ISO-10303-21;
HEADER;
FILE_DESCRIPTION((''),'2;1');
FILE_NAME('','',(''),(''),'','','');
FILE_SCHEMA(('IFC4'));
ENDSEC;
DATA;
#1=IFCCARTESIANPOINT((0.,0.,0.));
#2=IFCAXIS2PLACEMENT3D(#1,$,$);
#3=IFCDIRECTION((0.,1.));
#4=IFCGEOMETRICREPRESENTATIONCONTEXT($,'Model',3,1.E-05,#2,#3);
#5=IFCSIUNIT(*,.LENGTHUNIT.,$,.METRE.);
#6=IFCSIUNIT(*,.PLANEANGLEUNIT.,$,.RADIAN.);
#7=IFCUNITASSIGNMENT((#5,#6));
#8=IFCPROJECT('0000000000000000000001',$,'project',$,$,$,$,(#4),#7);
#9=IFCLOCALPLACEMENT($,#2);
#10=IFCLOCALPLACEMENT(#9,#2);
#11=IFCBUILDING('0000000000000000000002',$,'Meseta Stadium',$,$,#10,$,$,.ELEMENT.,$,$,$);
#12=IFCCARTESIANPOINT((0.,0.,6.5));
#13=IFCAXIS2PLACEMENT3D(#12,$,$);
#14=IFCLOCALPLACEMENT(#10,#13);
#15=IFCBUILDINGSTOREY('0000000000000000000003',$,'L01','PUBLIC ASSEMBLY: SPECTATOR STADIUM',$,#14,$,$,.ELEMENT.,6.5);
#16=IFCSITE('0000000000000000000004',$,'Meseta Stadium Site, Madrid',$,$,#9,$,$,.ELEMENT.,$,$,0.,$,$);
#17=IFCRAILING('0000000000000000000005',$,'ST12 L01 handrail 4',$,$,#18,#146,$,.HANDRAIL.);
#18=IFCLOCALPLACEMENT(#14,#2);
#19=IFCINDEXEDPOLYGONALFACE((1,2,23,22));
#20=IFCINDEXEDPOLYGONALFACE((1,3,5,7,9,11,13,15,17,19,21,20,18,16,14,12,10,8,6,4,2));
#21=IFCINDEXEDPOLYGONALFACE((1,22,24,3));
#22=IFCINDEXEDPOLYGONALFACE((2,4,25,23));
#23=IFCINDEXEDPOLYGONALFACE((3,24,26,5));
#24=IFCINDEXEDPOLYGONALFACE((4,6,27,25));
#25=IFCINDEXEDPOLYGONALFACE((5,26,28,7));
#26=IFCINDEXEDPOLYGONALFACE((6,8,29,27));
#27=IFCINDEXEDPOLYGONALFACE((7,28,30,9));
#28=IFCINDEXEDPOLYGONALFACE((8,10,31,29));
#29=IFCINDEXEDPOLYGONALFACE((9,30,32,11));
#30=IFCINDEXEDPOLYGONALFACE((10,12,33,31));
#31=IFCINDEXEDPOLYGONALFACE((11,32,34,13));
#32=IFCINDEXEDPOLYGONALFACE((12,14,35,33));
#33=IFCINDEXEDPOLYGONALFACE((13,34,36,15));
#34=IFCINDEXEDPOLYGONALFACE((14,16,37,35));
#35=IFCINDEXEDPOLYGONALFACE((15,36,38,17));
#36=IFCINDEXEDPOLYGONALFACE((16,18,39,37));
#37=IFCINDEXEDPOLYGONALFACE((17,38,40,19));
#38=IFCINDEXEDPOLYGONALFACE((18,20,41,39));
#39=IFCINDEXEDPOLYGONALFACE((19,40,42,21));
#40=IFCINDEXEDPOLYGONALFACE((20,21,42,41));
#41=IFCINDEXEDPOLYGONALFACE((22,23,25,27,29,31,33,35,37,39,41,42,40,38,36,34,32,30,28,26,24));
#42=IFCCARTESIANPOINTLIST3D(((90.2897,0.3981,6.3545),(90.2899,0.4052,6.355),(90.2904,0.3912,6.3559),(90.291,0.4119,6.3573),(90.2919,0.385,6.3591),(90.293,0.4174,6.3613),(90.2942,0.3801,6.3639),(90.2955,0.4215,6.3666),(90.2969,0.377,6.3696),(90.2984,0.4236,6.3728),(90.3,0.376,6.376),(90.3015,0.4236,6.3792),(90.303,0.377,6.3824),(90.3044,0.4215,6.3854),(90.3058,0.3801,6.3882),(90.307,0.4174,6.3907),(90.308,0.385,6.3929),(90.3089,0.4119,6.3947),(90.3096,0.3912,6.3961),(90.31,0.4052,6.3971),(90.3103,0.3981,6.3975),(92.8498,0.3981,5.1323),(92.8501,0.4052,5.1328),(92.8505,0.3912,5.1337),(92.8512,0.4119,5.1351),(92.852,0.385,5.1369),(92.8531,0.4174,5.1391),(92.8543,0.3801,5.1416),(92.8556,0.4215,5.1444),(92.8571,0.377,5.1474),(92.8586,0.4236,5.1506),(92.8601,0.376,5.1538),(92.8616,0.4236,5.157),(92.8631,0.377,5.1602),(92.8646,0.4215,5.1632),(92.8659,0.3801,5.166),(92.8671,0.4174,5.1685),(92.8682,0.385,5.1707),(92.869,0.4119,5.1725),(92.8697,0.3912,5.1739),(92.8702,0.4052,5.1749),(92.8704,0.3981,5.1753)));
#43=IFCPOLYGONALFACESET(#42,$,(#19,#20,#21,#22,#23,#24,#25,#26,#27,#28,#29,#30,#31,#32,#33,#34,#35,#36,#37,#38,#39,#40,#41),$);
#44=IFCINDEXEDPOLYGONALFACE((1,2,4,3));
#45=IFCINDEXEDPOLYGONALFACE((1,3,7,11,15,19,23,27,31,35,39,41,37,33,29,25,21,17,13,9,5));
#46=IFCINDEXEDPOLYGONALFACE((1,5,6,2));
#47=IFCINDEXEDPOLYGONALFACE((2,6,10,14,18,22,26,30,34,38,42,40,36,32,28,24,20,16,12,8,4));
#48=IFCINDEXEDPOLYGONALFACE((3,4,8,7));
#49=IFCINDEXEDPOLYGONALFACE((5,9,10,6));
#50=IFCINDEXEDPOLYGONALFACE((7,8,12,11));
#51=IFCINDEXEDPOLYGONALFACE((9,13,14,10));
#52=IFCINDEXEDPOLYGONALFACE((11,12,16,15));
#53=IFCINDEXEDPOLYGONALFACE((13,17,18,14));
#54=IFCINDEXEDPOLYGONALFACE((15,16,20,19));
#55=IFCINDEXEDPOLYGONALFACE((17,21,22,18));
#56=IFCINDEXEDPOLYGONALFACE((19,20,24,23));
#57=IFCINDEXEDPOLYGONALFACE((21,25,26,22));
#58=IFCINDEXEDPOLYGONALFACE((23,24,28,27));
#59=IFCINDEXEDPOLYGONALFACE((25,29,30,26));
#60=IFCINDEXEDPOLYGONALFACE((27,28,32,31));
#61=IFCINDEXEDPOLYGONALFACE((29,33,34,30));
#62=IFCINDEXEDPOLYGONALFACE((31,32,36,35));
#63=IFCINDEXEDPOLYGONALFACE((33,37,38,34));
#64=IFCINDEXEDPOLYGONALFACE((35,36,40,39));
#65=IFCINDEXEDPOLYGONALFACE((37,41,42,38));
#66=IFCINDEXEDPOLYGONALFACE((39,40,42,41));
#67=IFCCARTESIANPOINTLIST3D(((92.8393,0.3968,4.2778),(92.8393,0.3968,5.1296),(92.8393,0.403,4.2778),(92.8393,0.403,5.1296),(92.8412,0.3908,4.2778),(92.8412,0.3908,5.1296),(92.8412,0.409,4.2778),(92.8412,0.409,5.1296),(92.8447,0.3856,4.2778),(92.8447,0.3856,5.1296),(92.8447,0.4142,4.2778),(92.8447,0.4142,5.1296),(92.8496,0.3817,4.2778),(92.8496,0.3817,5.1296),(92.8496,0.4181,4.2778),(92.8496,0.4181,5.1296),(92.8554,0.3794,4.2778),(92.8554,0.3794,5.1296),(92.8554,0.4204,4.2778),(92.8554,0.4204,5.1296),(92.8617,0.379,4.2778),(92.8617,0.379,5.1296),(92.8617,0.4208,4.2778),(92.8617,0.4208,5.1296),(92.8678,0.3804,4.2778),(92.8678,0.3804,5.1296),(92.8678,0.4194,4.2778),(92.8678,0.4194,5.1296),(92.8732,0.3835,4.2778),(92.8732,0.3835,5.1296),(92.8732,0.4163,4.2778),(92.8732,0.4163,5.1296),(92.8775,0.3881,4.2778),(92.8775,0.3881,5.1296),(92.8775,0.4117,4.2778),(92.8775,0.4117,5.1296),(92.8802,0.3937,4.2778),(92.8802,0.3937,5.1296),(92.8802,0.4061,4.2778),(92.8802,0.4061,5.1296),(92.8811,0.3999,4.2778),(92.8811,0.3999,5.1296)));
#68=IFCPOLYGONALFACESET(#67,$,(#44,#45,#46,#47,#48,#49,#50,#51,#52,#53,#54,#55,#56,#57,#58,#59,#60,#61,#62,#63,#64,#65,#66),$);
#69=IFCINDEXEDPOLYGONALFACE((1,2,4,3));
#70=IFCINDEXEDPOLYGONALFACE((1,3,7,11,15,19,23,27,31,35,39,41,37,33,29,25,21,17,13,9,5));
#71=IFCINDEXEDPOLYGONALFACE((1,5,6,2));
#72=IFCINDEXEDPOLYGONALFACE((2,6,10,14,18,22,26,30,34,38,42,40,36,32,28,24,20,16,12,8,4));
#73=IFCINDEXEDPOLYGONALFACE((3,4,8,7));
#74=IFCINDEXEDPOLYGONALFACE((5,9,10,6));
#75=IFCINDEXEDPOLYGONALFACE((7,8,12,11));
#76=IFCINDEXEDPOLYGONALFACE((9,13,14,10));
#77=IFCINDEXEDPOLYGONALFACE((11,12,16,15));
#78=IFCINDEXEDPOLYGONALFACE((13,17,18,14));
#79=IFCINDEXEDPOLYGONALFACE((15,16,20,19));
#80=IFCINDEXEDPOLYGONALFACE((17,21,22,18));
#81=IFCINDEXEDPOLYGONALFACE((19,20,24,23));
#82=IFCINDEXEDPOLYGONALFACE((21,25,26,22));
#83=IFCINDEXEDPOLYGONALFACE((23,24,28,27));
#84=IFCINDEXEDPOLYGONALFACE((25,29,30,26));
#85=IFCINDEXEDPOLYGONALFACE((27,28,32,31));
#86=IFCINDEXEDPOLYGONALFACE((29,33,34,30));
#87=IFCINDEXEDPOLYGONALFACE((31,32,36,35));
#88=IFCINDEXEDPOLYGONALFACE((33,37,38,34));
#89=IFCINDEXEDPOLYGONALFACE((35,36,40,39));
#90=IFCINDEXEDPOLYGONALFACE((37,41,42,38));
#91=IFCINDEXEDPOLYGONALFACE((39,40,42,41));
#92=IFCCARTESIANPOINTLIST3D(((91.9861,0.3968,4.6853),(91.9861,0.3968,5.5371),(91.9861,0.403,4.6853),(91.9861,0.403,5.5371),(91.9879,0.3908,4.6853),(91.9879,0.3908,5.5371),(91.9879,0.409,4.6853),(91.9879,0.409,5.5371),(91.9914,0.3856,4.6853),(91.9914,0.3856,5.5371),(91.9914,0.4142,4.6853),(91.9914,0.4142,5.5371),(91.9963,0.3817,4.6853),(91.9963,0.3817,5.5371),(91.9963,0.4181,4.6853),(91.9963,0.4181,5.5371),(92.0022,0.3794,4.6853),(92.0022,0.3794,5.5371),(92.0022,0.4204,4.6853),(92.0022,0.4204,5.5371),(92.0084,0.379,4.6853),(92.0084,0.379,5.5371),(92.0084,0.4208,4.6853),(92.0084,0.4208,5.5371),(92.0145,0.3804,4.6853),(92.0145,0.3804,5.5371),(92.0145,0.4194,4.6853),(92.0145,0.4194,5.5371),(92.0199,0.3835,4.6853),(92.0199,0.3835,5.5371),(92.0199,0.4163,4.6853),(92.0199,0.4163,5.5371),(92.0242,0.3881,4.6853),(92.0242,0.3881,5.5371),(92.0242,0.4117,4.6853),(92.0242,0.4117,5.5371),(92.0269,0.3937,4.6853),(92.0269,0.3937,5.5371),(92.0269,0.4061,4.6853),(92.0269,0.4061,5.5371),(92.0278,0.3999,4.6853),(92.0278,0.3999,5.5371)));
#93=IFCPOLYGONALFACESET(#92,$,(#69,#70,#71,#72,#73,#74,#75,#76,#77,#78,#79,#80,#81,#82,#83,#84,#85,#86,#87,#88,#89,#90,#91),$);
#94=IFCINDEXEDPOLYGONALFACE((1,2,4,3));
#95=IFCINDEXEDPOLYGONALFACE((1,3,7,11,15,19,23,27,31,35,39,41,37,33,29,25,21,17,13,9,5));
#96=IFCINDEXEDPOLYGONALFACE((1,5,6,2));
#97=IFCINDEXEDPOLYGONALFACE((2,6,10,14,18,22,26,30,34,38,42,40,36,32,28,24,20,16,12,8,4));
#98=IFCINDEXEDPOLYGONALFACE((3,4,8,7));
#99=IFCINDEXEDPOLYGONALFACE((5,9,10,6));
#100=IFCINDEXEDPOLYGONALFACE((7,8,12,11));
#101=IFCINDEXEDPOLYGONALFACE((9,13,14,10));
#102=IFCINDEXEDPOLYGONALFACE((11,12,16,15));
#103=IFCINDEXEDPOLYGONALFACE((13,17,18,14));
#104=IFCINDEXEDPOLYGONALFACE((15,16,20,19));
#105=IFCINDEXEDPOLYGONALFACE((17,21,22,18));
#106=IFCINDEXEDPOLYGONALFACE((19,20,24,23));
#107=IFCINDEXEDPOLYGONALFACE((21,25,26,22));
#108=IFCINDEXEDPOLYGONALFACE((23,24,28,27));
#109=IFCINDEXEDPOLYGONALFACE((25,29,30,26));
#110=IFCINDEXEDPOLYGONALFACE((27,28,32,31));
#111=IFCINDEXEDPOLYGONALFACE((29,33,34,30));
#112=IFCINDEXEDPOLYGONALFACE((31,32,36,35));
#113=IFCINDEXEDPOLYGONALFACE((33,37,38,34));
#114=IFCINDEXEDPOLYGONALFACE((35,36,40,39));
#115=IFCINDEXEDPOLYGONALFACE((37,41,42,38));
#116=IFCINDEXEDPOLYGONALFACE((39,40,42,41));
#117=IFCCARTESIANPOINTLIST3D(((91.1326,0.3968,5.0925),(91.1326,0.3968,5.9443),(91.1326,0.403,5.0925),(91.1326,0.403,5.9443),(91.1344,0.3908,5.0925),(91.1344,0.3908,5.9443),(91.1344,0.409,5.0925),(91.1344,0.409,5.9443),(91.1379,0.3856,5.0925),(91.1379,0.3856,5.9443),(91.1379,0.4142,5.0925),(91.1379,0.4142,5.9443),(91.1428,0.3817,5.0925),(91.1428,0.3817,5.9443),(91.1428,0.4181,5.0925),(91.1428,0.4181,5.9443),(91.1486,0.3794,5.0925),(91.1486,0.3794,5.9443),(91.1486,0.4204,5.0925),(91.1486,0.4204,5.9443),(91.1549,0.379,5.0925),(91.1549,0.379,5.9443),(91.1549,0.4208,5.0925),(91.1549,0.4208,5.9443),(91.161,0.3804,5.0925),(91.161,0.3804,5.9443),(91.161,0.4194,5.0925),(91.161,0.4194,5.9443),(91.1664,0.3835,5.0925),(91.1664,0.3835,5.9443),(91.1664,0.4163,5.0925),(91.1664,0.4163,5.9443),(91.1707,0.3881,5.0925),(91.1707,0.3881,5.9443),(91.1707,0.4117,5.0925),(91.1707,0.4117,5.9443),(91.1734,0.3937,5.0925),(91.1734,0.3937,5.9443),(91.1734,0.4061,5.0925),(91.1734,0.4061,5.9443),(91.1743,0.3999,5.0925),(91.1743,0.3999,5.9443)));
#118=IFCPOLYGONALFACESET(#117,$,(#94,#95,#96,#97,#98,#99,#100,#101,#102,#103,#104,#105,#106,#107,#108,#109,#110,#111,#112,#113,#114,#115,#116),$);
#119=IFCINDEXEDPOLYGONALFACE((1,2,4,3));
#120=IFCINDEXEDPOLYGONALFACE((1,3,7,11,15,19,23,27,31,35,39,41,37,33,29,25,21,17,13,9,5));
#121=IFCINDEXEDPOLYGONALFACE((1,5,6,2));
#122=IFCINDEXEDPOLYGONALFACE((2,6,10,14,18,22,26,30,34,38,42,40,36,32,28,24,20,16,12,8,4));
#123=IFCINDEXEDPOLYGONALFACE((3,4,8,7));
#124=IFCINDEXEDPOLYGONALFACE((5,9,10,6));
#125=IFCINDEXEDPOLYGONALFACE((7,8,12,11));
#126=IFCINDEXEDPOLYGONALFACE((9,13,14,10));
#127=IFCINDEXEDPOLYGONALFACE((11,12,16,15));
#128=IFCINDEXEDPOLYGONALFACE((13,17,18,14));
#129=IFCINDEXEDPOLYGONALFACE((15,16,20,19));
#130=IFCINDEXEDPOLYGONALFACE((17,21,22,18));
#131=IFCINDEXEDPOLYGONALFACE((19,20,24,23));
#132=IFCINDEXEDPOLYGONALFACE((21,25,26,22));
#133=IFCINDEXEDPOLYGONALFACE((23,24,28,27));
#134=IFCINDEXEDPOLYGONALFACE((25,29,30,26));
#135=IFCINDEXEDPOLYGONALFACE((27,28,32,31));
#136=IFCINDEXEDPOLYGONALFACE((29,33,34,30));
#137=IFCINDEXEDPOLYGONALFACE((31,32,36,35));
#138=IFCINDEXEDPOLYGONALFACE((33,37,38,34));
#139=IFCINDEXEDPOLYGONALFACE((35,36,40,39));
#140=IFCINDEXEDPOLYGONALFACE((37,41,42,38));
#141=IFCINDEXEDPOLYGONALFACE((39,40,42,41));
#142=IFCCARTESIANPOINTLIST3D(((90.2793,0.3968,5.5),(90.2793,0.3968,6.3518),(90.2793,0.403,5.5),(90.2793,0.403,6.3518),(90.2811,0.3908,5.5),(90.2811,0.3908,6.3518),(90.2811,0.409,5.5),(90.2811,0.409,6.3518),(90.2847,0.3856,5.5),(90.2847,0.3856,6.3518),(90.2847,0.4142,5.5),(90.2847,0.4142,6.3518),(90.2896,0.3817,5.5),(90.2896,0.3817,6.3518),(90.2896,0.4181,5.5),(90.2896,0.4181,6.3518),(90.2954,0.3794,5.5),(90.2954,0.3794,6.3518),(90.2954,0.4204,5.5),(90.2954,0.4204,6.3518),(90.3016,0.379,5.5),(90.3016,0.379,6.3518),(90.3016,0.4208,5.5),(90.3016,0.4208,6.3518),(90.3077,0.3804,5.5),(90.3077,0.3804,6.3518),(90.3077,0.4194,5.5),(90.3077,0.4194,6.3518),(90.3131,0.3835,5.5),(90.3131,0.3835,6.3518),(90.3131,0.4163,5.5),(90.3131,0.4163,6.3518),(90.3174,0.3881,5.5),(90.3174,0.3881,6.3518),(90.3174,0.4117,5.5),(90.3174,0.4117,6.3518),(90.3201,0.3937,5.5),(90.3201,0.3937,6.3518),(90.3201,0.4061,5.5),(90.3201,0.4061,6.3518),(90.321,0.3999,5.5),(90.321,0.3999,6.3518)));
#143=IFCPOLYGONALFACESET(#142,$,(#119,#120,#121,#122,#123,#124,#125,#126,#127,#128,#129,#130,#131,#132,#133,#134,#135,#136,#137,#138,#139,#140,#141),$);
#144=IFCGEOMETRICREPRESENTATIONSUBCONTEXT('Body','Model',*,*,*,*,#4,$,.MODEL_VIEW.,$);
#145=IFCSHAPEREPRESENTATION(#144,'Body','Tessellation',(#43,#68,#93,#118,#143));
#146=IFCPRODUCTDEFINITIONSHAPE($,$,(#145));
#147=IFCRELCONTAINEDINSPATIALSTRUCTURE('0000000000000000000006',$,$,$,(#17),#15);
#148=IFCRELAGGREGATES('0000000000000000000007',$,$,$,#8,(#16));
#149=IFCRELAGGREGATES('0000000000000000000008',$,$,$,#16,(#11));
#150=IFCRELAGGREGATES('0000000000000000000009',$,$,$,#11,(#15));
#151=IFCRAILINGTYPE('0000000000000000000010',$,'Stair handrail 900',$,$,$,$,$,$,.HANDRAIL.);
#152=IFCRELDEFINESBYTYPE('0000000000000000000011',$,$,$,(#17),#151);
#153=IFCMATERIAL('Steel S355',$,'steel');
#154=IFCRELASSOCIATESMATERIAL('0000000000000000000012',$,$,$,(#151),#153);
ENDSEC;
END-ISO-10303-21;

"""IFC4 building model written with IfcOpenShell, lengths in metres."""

from ifc_helpers import new_model, si_unit, direction, frame, origin, origin_2d, place, context, subcontext, project, spatial, circle, extrude, material, type_object, element, save


model = new_model("IFC4")

# Units and contexts
model_context = context("Model", 3, precision=1e-05, world=origin(), true_north=direction((0.0, 1.0)))
body_context = subcontext(model_context, "Body", "Model", "MODEL_VIEW")
ifc_project = project(units=[si_unit("LENGTHUNIT", "METRE"), si_unit("PLANEANGLEUNIT", "RADIAN")], contexts=[model_context])

# Site, building, storey
site_placement = place(None, origin())
site = spatial("IfcSite", under=ifc_project, at=site_placement, Name="Meseta Stadium Site, Madrid", CompositionType="ELEMENT", RefElevation=0.0)
building_placement = place(site_placement, origin())
building = spatial("IfcBuilding", under=site, at=building_placement, Name="Meseta Stadium", CompositionType="ELEMENT")
storey_placement = place(building_placement, frame((0.0, 0.0, 6.5)))
storey = spatial("IfcBuildingStorey", under=building, at=storey_placement, Name="L01", Description="PUBLIC ASSEMBLY: SPECTATOR STADIUM", CompositionType="ELEMENT", Elevation=6.5)

# Railing
ifc_material_1 = material(Name="Steel S355", Category="steel")
railing_type_1 = type_object("IfcRailingType", Name="Stair handrail 900", PredefinedType="HANDRAIL", material=ifc_material_1)
for number, where, name in (
    (1, (92.8601, 0.3999, 4.2778), "ST12 L01 handrail 4"),
):
    element("IfcRailing", number, at=place(storey_placement, frame(where)), inside=storey, type_object=railing_type_1, Name=name, PredefinedType="HANDRAIL", context=body_context, shape_type="SweptSolid", body=[
        extrude(circle(Radius=0.0239, at=origin_2d()), frame((0.0, 0.0, 0.876), z_axis=(-0.902437, 0.0, 0.430822), x_axis=(0.0, -1.0, 0.0)), (0.0, 0.0, 1.0), 2.8369),
        extrude(circle(Radius=0.021, at=origin_2d()), origin(), (0.0, 0.0, 1.0), 0.8518),
        extrude(circle(Radius=0.021, at=origin_2d()), frame((-0.8533, 0.0, 0.4075)), (0.0, 0.0, 1.0), 0.8518),
        extrude(circle(Radius=0.021, at=origin_2d()), frame((-1.7068, 0.0, 0.8147)), (0.0, 0.0, 1.0), 0.8518),
        extrude(circle(Radius=0.021, at=origin_2d()), frame((-2.5601, 0.0, 1.2222)), (0.0, 0.0, 1.0), 0.8518),
    ])

save(model, "model.ifc")
